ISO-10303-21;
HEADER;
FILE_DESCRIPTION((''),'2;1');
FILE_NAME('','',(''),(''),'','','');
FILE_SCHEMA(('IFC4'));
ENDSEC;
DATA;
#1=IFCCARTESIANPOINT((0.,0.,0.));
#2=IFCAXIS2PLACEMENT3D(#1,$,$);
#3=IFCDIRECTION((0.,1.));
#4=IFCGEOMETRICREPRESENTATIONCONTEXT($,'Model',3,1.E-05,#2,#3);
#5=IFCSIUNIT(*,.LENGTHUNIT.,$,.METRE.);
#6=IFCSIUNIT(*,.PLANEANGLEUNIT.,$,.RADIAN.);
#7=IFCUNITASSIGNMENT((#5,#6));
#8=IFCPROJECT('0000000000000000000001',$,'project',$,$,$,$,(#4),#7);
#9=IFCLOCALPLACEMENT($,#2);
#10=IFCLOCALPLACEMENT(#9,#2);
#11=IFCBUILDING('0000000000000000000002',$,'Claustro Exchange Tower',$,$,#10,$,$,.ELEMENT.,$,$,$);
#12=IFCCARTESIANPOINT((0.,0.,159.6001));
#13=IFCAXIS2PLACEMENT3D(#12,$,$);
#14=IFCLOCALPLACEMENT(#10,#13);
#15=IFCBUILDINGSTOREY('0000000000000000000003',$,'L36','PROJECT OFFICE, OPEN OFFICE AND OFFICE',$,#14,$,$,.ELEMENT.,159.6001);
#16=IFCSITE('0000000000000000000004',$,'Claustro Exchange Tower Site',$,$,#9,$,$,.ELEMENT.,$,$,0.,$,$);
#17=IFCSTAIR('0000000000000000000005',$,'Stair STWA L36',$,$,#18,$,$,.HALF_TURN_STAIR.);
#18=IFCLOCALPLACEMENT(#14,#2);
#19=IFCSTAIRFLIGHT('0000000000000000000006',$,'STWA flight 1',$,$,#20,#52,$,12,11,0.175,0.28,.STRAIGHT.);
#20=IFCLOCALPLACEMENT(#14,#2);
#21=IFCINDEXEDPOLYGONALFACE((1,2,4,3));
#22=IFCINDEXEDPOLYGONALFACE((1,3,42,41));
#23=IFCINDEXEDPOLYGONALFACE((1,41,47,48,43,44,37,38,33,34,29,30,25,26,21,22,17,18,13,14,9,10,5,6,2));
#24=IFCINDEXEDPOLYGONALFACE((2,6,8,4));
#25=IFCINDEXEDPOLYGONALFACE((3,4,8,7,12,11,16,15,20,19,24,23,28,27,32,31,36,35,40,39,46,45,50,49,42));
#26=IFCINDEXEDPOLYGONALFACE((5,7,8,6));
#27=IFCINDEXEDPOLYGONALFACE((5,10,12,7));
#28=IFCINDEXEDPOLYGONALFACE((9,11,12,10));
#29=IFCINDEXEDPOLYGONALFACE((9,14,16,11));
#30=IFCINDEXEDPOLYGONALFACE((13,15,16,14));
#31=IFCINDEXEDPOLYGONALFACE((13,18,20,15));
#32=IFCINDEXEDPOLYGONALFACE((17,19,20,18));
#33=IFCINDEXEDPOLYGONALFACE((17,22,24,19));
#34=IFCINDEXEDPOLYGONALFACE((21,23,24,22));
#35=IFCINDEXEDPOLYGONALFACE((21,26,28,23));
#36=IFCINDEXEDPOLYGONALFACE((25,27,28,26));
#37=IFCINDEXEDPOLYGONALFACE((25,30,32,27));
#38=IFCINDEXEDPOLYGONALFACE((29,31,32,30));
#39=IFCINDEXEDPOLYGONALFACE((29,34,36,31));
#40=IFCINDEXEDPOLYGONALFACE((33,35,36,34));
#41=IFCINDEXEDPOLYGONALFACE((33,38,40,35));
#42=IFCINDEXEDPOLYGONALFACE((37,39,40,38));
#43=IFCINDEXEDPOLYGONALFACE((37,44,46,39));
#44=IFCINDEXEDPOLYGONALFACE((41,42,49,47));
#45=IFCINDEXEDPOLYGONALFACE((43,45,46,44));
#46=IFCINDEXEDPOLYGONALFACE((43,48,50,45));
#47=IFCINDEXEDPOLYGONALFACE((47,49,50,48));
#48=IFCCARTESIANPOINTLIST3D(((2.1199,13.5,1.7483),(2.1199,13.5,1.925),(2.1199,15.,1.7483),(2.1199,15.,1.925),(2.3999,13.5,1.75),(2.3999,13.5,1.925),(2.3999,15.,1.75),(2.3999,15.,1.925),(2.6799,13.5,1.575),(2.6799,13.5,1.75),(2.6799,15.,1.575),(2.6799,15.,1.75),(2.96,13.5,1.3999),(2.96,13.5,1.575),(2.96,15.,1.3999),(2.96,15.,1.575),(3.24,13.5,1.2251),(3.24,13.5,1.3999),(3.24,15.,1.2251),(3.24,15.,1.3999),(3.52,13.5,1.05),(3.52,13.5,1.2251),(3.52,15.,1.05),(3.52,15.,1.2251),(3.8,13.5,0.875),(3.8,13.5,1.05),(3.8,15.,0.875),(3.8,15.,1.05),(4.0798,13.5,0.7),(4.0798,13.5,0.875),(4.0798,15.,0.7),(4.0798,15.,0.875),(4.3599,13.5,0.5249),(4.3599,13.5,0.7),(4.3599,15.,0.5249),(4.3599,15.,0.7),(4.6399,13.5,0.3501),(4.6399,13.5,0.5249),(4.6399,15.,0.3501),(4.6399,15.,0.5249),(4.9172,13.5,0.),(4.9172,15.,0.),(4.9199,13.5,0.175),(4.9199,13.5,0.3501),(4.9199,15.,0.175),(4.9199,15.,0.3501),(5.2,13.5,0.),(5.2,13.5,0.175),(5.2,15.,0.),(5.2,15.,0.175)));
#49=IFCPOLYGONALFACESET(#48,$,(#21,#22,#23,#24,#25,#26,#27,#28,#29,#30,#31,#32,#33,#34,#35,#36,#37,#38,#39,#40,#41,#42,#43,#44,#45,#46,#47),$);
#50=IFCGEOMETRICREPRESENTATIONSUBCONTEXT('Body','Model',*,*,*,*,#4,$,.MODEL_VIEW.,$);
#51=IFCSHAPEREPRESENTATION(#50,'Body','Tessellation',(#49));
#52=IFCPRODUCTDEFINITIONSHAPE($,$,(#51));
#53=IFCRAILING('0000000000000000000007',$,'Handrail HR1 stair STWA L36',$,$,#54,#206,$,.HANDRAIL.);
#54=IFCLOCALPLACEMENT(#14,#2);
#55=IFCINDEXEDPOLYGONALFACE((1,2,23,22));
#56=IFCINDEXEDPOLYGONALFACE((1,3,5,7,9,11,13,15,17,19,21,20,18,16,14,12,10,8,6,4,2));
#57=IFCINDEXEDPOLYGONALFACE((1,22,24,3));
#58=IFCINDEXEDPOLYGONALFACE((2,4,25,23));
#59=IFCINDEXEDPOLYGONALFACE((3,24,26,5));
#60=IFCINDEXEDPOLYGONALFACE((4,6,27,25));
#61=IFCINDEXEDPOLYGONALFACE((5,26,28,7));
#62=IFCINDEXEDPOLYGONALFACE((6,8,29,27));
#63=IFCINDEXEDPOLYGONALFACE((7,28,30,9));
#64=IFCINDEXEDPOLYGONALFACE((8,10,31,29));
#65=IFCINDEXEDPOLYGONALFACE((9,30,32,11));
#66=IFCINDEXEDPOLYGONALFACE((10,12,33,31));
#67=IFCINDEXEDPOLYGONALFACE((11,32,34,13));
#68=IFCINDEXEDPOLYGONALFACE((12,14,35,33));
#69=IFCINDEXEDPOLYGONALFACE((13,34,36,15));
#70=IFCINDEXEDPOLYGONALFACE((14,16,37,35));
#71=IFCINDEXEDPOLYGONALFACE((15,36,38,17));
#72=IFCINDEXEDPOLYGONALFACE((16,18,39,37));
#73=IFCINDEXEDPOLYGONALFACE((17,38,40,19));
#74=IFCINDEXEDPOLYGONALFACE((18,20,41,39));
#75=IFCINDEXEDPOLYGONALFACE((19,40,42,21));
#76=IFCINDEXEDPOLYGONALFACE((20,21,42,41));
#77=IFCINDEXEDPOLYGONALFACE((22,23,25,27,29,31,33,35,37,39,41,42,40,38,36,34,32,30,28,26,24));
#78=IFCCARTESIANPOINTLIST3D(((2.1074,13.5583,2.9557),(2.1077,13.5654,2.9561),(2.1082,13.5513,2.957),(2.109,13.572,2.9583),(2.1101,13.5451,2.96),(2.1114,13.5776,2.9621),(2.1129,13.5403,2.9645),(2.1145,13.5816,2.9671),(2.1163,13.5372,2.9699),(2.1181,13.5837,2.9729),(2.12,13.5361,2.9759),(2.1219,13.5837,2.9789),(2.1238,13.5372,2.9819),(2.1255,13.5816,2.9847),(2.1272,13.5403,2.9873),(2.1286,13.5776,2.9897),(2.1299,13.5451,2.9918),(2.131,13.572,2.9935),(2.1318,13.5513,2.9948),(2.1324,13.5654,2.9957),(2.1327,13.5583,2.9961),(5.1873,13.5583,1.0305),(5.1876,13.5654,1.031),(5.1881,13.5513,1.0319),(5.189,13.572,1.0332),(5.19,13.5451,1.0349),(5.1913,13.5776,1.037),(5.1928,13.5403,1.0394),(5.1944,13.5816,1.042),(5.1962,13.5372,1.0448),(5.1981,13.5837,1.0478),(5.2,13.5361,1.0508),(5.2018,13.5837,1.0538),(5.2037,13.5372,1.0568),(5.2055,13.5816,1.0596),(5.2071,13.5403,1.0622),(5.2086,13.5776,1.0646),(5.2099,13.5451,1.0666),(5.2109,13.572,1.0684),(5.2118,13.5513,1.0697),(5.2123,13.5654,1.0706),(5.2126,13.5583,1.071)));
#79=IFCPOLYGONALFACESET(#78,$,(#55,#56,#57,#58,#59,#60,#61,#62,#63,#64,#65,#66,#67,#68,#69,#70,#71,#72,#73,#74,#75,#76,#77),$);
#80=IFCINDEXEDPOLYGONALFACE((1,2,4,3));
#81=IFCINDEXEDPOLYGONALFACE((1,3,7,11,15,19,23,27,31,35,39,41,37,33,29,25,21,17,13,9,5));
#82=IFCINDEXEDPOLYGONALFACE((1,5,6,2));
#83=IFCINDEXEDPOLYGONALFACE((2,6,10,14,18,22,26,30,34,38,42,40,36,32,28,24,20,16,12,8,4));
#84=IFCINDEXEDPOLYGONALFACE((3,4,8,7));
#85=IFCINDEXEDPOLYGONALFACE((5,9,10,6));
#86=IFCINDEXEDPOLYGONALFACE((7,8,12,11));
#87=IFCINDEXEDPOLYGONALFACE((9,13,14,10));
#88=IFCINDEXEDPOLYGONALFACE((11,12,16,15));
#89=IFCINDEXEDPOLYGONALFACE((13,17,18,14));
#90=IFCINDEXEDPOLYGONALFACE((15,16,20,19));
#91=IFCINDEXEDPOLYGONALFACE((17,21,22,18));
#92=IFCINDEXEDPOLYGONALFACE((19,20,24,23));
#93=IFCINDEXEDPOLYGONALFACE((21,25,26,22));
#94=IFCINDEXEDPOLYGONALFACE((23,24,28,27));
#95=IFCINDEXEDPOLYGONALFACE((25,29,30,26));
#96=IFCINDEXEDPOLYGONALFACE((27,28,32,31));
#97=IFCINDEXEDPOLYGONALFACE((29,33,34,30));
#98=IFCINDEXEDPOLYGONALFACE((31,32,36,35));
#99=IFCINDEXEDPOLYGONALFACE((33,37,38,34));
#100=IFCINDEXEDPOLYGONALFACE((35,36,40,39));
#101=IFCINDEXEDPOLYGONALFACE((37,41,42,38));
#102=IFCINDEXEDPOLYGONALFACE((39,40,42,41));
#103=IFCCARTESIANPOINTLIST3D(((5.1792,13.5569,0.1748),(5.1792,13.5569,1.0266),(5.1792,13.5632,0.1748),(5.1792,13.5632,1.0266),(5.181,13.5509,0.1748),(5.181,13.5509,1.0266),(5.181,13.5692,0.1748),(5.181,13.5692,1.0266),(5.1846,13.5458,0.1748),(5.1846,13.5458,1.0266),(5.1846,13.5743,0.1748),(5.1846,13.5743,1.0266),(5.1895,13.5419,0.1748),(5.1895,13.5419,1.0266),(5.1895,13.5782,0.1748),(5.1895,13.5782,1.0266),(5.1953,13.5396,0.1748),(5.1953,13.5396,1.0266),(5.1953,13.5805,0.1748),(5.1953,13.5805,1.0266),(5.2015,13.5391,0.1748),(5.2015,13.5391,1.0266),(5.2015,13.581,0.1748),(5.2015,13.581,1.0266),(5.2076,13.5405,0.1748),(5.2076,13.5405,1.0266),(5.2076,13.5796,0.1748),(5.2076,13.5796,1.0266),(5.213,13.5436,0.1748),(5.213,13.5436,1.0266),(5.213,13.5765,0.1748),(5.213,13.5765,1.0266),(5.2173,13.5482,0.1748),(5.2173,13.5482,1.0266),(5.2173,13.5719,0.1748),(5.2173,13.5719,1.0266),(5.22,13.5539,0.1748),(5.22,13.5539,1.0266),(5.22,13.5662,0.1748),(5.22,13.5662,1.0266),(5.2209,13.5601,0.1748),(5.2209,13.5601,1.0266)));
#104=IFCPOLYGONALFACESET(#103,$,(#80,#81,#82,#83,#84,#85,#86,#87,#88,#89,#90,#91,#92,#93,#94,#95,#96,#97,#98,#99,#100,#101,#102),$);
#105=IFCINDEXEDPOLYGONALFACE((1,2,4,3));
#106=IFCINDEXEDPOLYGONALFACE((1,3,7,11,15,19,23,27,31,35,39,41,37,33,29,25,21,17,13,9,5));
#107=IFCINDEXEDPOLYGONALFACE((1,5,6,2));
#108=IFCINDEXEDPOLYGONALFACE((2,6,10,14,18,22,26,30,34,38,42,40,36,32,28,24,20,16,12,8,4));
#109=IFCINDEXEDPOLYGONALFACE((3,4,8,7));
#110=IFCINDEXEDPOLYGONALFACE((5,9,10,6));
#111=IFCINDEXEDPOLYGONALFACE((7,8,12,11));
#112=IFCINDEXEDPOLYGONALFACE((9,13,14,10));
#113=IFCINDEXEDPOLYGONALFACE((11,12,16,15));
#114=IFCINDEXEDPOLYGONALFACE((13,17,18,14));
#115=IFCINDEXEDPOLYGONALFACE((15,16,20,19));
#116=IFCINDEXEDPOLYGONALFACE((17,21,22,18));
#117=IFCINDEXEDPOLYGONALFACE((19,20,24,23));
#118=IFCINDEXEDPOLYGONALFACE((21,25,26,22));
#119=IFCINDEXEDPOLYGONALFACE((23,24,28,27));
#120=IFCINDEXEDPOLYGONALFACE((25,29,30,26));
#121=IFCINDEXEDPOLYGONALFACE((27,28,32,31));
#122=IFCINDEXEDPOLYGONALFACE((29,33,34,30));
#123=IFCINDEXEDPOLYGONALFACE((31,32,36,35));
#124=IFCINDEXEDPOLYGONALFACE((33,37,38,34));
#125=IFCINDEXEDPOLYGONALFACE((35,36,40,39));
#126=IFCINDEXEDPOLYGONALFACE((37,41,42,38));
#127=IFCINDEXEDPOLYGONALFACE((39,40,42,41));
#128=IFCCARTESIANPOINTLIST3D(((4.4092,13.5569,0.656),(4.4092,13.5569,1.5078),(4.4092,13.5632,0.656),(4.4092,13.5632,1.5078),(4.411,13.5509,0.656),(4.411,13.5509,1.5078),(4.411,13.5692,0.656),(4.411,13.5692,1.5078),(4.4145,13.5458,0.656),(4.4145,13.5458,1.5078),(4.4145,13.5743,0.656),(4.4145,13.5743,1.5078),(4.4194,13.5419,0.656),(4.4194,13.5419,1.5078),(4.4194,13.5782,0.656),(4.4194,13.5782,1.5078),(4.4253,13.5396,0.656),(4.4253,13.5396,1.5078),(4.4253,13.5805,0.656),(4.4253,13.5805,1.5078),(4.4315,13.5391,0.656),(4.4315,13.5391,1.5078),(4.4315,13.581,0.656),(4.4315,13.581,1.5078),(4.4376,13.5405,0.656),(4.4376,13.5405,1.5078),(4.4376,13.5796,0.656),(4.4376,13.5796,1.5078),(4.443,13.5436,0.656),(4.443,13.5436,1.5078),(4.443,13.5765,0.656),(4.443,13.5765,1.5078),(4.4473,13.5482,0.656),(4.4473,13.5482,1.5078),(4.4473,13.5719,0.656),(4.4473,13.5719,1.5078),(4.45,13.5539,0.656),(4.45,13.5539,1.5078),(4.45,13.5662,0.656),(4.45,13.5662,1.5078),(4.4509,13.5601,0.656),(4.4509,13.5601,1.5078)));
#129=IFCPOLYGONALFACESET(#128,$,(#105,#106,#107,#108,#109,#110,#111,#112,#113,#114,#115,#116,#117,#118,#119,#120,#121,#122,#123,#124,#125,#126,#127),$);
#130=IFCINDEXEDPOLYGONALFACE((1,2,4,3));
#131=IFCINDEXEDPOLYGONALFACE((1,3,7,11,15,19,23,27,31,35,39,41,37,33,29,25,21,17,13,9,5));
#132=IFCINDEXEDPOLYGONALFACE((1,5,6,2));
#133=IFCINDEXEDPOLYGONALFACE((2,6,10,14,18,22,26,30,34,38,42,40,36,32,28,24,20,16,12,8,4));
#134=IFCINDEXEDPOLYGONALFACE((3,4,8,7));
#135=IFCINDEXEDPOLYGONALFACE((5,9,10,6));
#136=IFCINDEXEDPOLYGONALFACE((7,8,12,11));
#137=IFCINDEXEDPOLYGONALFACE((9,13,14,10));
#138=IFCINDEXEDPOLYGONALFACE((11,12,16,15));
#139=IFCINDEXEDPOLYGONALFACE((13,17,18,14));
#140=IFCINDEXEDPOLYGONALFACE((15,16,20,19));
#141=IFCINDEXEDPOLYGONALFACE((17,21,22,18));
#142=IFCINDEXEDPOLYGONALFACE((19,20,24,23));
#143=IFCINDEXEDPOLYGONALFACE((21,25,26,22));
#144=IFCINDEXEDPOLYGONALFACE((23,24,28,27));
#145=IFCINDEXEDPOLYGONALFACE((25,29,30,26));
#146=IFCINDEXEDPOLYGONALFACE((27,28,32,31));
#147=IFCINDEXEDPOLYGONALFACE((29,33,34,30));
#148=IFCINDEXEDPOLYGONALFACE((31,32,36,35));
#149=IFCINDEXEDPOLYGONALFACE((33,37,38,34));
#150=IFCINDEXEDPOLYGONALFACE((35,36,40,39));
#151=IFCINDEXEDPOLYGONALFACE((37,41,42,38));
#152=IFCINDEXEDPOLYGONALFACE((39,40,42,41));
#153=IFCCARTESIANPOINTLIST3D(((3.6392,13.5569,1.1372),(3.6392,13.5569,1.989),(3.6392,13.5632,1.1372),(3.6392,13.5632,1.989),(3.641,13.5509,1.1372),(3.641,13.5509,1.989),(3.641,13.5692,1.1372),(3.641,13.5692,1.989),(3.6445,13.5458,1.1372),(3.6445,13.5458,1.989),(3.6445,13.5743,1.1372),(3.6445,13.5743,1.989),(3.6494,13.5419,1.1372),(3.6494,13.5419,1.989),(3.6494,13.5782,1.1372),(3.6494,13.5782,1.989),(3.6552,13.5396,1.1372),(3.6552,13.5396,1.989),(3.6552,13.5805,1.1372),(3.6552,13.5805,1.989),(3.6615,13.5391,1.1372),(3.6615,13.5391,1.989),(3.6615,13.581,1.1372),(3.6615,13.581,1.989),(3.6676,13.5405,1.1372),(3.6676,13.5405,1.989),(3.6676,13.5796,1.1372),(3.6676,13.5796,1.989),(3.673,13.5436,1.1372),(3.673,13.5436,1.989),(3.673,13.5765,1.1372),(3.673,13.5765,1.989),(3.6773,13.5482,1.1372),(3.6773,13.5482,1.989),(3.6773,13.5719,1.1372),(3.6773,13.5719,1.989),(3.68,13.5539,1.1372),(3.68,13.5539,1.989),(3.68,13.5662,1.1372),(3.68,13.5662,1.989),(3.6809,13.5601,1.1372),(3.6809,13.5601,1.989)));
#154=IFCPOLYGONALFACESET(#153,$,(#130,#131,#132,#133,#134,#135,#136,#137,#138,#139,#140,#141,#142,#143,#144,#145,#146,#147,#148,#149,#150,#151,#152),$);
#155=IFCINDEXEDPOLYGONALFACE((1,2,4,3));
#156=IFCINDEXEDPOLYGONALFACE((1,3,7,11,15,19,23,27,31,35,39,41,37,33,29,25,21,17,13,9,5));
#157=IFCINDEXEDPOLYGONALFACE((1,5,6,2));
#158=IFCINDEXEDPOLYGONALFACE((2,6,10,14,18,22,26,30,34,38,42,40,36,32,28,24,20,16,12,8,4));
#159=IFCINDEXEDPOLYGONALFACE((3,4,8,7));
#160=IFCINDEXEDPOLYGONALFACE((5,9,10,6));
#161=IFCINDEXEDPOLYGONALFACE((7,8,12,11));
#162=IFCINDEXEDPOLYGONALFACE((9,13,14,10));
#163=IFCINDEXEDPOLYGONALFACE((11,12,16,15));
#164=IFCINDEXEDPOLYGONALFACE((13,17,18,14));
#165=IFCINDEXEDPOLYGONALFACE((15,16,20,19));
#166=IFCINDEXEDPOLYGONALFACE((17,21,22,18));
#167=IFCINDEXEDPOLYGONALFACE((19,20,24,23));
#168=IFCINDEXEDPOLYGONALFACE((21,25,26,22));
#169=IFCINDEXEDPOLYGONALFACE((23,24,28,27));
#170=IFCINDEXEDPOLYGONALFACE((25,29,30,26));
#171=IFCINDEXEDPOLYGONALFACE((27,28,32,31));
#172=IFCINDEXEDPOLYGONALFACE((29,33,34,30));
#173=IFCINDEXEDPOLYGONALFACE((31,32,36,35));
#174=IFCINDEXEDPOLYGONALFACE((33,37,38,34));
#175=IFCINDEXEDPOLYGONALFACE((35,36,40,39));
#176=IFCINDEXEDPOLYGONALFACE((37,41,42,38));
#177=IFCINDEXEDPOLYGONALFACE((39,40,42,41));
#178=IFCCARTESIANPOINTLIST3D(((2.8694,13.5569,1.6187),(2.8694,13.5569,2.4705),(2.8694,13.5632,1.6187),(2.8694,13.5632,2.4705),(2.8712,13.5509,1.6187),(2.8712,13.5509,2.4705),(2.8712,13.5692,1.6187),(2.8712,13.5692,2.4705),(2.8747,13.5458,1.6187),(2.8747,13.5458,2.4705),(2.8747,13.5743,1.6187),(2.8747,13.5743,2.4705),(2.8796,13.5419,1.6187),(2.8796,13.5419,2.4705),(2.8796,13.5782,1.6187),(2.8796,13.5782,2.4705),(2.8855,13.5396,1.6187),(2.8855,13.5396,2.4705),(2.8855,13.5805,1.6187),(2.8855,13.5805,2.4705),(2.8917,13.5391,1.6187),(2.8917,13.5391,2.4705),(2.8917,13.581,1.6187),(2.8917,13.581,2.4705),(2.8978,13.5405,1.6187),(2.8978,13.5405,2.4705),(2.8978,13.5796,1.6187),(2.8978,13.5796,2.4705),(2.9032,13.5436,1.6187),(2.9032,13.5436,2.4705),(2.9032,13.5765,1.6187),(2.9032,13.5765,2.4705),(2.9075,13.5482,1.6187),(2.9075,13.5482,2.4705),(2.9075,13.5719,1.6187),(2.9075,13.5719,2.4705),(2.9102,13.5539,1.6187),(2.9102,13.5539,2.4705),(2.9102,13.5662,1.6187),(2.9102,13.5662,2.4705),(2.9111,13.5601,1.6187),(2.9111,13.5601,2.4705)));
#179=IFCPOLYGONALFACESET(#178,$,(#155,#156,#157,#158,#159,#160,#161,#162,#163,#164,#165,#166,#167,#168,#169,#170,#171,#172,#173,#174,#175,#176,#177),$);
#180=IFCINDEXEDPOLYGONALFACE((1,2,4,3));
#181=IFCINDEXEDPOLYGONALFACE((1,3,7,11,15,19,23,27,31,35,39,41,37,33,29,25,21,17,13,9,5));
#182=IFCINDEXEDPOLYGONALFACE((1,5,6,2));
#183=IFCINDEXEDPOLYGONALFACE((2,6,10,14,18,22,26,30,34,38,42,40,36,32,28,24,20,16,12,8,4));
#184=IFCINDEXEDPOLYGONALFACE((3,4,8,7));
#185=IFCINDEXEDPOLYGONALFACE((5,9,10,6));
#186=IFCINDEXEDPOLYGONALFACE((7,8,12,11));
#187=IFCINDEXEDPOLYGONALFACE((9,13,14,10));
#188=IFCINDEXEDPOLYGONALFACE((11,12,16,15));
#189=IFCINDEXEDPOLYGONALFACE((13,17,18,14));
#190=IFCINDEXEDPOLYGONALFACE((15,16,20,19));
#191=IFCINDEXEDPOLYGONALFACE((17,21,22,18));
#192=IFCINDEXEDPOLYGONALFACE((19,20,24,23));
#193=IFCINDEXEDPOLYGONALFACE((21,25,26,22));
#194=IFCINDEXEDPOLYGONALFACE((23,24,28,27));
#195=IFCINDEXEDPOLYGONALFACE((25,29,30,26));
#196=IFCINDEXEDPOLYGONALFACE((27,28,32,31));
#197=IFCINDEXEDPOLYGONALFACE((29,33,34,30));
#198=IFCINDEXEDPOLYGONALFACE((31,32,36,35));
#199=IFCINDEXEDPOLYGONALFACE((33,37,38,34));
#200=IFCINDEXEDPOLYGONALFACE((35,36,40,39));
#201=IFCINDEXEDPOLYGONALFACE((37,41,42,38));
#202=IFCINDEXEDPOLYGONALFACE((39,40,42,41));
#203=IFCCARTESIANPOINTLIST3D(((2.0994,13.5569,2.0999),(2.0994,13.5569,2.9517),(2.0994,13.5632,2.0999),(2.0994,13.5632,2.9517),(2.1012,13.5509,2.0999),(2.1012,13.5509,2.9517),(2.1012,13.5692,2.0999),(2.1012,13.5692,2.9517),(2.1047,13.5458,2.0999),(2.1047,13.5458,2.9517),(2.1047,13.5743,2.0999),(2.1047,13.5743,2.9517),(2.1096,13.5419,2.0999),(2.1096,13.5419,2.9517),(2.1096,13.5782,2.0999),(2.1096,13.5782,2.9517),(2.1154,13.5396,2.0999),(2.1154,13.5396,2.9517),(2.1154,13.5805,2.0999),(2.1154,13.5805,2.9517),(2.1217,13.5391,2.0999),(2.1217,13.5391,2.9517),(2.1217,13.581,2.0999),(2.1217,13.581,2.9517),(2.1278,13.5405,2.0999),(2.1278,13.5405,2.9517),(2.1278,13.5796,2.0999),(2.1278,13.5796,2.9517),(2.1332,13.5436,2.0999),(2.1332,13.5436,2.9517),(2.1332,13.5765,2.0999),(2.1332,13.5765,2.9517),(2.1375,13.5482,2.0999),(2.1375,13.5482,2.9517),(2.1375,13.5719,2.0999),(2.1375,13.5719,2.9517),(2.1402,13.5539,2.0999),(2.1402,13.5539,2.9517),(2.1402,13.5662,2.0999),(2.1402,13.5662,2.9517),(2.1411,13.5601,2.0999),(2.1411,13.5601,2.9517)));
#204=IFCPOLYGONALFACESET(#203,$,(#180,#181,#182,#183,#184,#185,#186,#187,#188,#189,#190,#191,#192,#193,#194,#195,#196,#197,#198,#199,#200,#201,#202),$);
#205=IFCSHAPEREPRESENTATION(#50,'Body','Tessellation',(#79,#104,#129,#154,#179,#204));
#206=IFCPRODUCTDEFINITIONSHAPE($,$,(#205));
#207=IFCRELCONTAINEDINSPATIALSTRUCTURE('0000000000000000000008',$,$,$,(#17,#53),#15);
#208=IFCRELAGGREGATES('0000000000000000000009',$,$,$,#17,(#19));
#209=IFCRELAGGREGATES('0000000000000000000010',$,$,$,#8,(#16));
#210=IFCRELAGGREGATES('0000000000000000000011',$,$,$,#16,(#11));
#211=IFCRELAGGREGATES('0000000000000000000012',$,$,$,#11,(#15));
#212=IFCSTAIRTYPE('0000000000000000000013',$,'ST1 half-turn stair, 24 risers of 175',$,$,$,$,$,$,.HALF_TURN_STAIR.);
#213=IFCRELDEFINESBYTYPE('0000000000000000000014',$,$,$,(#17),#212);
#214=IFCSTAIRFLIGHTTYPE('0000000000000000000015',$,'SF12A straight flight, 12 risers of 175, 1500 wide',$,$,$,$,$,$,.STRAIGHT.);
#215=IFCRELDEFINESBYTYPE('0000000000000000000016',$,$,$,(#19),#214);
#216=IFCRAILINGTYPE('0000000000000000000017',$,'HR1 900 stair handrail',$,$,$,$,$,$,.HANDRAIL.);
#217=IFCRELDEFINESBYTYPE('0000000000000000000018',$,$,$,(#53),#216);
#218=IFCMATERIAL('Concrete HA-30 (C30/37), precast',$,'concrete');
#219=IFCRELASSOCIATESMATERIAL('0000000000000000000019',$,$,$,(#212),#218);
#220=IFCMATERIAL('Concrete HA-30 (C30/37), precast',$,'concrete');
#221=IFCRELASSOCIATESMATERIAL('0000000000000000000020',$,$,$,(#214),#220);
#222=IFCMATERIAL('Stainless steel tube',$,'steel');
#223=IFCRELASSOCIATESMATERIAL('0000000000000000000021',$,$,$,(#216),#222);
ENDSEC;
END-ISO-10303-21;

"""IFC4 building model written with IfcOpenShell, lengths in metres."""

from ifc_helpers import new_model, si_unit, direction, frame, origin, origin_2d, place, context, subcontext, project, spatial, polyline, circle, outline, extrude, material, type_object, element, aggregate, save


model = new_model("IFC4")

# Units and contexts
model_context = context("Model", 3, precision=1e-05, world=origin(), true_north=direction((0.0, 1.0)))
body_context = subcontext(model_context, "Body", "Model", "MODEL_VIEW")
ifc_project = project(units=[si_unit("LENGTHUNIT", "METRE"), si_unit("PLANEANGLEUNIT", "RADIAN")], contexts=[model_context])

# Site, building, storey
site_placement = place(None, origin())
site = spatial("IfcSite", under=ifc_project, at=site_placement, Name="Claustro Exchange Tower Site", CompositionType="ELEMENT", RefElevation=0.0)
building_placement = place(site_placement, origin())
building = spatial("IfcBuilding", under=site, at=building_placement, Name="Claustro Exchange Tower", CompositionType="ELEMENT")
storey_placement = place(building_placement, frame((0.0, 0.0, 159.6001)))
storey = spatial("IfcBuildingStorey", under=building, at=storey_placement, Name="L36", Description="PROJECT OFFICE, OPEN OFFICE AND OFFICE", CompositionType="ELEMENT", Elevation=159.6001)

# Stair, stair flight
ifc_material_1 = material(Name="Concrete HA-30 (C30/37), precast", Category="concrete")
stair_type = type_object("IfcStairType", Name="ST1 half-turn stair, 24 risers of 175", PredefinedType="HALF_TURN_STAIR", material=ifc_material_1)
stair_placement = place(storey_placement, origin())
stair = element("IfcStair", 1, at=stair_placement, inside=storey, type_object=stair_type, Name="Stair STWA L36", PredefinedType="HALF_TURN_STAIR")
ifc_material_2 = material(Name="Concrete HA-30 (C30/37), precast", Category="concrete")
stair_flight_type = type_object("IfcStairFlightType", Name="SF12A straight flight, 12 risers of 175, 1500 wide", PredefinedType="STRAIGHT", material=ifc_material_2)
stair_flight_placement = place(storey_placement, frame((5.2, 14.25, 0.0), z_axis=(0.0, 0.0, 1.0), x_axis=(-1.0, 0.0, 0.0)))
stair_flight = element("IfcStairFlight", 2, at=stair_flight_placement, type_object=stair_flight_type, Name="STWA flight 1", NumberOfRisers=12, NumberOfTreads=11, PredefinedType="STRAIGHT", RiserHeight=0.175, TreadLength=0.28, context=body_context, shape_type="SweptSolid", body=[
    extrude(outline(polyline([(0.0, 0.0), (0.0, 0.175), (0.28, 0.175), (0.28, 0.3501), (0.5601, 0.3501), (0.5601, 0.5249), (0.8401, 0.5249), (0.8401, 0.7), (1.1201, 0.7), (1.1201, 0.875), (1.3999, 0.875), (1.3999, 1.05), (1.6799, 1.05), (1.6799, 1.2251), (1.96, 1.2251), (1.96, 1.3999), (2.24, 1.3999), (2.24, 1.575), (2.52, 1.575), (2.52, 1.75), (2.8, 1.75), (2.8, 1.925), (3.0801, 1.925), (3.0801, 2.1001), (3.0801, 1.7483), (0.2827, 0.0), (0.0, 0.0)])), frame((0.0, 0.75, 0.0), z_axis=(0.0, -1.0, 0.0), x_axis=(1.0, 0.0, 0.0)), (0.0, 0.0, 1.0), 1.5),
])
aggregate(stair, [stair_flight])

# Railing
ifc_material_3 = material(Name="Stainless steel tube", Category="steel")
railing_type_1 = type_object("IfcRailingType", Name="HR1 900 stair handrail", PredefinedType="HANDRAIL", material=ifc_material_3)
railing_1_placement = place(storey_placement, frame((5.2, 13.5601, 0.1748)))
element("IfcRailing", 3, at=railing_1_placement, inside=storey, type_object=railing_type_1, Name="Handrail HR1 stair STWA L36", PredefinedType="HANDRAIL", context=body_context, shape_type="SweptSolid", body=[
    extrude(circle(Radius=0.0239, at=origin_2d()), frame((0.0, 0.0, 0.876), z_axis=(-0.847979, 0.0, 0.530029), x_axis=(0.0, -1.0, 0.0)), (0.0, 0.0, 1.0), 3.6321),
    extrude(circle(Radius=0.021, at=origin_2d()), origin(), (0.0, 0.0, 1.0), 0.8518),
    extrude(circle(Radius=0.021, at=origin_2d()), frame((-0.77, 0.0, 0.4812)), (0.0, 0.0, 1.0), 0.8518),
    extrude(circle(Radius=0.021, at=origin_2d()), frame((-1.54, 0.0, 0.9624)), (0.0, 0.0, 1.0), 0.8518),
    extrude(circle(Radius=0.021, at=origin_2d()), frame((-2.3098, 0.0, 1.4438)), (0.0, 0.0, 1.0), 0.8518),
    extrude(circle(Radius=0.021, at=origin_2d()), frame((-3.0798, 0.0, 1.925)), (0.0, 0.0, 1.0), 0.8518),
])

save(model, "model.ifc")
